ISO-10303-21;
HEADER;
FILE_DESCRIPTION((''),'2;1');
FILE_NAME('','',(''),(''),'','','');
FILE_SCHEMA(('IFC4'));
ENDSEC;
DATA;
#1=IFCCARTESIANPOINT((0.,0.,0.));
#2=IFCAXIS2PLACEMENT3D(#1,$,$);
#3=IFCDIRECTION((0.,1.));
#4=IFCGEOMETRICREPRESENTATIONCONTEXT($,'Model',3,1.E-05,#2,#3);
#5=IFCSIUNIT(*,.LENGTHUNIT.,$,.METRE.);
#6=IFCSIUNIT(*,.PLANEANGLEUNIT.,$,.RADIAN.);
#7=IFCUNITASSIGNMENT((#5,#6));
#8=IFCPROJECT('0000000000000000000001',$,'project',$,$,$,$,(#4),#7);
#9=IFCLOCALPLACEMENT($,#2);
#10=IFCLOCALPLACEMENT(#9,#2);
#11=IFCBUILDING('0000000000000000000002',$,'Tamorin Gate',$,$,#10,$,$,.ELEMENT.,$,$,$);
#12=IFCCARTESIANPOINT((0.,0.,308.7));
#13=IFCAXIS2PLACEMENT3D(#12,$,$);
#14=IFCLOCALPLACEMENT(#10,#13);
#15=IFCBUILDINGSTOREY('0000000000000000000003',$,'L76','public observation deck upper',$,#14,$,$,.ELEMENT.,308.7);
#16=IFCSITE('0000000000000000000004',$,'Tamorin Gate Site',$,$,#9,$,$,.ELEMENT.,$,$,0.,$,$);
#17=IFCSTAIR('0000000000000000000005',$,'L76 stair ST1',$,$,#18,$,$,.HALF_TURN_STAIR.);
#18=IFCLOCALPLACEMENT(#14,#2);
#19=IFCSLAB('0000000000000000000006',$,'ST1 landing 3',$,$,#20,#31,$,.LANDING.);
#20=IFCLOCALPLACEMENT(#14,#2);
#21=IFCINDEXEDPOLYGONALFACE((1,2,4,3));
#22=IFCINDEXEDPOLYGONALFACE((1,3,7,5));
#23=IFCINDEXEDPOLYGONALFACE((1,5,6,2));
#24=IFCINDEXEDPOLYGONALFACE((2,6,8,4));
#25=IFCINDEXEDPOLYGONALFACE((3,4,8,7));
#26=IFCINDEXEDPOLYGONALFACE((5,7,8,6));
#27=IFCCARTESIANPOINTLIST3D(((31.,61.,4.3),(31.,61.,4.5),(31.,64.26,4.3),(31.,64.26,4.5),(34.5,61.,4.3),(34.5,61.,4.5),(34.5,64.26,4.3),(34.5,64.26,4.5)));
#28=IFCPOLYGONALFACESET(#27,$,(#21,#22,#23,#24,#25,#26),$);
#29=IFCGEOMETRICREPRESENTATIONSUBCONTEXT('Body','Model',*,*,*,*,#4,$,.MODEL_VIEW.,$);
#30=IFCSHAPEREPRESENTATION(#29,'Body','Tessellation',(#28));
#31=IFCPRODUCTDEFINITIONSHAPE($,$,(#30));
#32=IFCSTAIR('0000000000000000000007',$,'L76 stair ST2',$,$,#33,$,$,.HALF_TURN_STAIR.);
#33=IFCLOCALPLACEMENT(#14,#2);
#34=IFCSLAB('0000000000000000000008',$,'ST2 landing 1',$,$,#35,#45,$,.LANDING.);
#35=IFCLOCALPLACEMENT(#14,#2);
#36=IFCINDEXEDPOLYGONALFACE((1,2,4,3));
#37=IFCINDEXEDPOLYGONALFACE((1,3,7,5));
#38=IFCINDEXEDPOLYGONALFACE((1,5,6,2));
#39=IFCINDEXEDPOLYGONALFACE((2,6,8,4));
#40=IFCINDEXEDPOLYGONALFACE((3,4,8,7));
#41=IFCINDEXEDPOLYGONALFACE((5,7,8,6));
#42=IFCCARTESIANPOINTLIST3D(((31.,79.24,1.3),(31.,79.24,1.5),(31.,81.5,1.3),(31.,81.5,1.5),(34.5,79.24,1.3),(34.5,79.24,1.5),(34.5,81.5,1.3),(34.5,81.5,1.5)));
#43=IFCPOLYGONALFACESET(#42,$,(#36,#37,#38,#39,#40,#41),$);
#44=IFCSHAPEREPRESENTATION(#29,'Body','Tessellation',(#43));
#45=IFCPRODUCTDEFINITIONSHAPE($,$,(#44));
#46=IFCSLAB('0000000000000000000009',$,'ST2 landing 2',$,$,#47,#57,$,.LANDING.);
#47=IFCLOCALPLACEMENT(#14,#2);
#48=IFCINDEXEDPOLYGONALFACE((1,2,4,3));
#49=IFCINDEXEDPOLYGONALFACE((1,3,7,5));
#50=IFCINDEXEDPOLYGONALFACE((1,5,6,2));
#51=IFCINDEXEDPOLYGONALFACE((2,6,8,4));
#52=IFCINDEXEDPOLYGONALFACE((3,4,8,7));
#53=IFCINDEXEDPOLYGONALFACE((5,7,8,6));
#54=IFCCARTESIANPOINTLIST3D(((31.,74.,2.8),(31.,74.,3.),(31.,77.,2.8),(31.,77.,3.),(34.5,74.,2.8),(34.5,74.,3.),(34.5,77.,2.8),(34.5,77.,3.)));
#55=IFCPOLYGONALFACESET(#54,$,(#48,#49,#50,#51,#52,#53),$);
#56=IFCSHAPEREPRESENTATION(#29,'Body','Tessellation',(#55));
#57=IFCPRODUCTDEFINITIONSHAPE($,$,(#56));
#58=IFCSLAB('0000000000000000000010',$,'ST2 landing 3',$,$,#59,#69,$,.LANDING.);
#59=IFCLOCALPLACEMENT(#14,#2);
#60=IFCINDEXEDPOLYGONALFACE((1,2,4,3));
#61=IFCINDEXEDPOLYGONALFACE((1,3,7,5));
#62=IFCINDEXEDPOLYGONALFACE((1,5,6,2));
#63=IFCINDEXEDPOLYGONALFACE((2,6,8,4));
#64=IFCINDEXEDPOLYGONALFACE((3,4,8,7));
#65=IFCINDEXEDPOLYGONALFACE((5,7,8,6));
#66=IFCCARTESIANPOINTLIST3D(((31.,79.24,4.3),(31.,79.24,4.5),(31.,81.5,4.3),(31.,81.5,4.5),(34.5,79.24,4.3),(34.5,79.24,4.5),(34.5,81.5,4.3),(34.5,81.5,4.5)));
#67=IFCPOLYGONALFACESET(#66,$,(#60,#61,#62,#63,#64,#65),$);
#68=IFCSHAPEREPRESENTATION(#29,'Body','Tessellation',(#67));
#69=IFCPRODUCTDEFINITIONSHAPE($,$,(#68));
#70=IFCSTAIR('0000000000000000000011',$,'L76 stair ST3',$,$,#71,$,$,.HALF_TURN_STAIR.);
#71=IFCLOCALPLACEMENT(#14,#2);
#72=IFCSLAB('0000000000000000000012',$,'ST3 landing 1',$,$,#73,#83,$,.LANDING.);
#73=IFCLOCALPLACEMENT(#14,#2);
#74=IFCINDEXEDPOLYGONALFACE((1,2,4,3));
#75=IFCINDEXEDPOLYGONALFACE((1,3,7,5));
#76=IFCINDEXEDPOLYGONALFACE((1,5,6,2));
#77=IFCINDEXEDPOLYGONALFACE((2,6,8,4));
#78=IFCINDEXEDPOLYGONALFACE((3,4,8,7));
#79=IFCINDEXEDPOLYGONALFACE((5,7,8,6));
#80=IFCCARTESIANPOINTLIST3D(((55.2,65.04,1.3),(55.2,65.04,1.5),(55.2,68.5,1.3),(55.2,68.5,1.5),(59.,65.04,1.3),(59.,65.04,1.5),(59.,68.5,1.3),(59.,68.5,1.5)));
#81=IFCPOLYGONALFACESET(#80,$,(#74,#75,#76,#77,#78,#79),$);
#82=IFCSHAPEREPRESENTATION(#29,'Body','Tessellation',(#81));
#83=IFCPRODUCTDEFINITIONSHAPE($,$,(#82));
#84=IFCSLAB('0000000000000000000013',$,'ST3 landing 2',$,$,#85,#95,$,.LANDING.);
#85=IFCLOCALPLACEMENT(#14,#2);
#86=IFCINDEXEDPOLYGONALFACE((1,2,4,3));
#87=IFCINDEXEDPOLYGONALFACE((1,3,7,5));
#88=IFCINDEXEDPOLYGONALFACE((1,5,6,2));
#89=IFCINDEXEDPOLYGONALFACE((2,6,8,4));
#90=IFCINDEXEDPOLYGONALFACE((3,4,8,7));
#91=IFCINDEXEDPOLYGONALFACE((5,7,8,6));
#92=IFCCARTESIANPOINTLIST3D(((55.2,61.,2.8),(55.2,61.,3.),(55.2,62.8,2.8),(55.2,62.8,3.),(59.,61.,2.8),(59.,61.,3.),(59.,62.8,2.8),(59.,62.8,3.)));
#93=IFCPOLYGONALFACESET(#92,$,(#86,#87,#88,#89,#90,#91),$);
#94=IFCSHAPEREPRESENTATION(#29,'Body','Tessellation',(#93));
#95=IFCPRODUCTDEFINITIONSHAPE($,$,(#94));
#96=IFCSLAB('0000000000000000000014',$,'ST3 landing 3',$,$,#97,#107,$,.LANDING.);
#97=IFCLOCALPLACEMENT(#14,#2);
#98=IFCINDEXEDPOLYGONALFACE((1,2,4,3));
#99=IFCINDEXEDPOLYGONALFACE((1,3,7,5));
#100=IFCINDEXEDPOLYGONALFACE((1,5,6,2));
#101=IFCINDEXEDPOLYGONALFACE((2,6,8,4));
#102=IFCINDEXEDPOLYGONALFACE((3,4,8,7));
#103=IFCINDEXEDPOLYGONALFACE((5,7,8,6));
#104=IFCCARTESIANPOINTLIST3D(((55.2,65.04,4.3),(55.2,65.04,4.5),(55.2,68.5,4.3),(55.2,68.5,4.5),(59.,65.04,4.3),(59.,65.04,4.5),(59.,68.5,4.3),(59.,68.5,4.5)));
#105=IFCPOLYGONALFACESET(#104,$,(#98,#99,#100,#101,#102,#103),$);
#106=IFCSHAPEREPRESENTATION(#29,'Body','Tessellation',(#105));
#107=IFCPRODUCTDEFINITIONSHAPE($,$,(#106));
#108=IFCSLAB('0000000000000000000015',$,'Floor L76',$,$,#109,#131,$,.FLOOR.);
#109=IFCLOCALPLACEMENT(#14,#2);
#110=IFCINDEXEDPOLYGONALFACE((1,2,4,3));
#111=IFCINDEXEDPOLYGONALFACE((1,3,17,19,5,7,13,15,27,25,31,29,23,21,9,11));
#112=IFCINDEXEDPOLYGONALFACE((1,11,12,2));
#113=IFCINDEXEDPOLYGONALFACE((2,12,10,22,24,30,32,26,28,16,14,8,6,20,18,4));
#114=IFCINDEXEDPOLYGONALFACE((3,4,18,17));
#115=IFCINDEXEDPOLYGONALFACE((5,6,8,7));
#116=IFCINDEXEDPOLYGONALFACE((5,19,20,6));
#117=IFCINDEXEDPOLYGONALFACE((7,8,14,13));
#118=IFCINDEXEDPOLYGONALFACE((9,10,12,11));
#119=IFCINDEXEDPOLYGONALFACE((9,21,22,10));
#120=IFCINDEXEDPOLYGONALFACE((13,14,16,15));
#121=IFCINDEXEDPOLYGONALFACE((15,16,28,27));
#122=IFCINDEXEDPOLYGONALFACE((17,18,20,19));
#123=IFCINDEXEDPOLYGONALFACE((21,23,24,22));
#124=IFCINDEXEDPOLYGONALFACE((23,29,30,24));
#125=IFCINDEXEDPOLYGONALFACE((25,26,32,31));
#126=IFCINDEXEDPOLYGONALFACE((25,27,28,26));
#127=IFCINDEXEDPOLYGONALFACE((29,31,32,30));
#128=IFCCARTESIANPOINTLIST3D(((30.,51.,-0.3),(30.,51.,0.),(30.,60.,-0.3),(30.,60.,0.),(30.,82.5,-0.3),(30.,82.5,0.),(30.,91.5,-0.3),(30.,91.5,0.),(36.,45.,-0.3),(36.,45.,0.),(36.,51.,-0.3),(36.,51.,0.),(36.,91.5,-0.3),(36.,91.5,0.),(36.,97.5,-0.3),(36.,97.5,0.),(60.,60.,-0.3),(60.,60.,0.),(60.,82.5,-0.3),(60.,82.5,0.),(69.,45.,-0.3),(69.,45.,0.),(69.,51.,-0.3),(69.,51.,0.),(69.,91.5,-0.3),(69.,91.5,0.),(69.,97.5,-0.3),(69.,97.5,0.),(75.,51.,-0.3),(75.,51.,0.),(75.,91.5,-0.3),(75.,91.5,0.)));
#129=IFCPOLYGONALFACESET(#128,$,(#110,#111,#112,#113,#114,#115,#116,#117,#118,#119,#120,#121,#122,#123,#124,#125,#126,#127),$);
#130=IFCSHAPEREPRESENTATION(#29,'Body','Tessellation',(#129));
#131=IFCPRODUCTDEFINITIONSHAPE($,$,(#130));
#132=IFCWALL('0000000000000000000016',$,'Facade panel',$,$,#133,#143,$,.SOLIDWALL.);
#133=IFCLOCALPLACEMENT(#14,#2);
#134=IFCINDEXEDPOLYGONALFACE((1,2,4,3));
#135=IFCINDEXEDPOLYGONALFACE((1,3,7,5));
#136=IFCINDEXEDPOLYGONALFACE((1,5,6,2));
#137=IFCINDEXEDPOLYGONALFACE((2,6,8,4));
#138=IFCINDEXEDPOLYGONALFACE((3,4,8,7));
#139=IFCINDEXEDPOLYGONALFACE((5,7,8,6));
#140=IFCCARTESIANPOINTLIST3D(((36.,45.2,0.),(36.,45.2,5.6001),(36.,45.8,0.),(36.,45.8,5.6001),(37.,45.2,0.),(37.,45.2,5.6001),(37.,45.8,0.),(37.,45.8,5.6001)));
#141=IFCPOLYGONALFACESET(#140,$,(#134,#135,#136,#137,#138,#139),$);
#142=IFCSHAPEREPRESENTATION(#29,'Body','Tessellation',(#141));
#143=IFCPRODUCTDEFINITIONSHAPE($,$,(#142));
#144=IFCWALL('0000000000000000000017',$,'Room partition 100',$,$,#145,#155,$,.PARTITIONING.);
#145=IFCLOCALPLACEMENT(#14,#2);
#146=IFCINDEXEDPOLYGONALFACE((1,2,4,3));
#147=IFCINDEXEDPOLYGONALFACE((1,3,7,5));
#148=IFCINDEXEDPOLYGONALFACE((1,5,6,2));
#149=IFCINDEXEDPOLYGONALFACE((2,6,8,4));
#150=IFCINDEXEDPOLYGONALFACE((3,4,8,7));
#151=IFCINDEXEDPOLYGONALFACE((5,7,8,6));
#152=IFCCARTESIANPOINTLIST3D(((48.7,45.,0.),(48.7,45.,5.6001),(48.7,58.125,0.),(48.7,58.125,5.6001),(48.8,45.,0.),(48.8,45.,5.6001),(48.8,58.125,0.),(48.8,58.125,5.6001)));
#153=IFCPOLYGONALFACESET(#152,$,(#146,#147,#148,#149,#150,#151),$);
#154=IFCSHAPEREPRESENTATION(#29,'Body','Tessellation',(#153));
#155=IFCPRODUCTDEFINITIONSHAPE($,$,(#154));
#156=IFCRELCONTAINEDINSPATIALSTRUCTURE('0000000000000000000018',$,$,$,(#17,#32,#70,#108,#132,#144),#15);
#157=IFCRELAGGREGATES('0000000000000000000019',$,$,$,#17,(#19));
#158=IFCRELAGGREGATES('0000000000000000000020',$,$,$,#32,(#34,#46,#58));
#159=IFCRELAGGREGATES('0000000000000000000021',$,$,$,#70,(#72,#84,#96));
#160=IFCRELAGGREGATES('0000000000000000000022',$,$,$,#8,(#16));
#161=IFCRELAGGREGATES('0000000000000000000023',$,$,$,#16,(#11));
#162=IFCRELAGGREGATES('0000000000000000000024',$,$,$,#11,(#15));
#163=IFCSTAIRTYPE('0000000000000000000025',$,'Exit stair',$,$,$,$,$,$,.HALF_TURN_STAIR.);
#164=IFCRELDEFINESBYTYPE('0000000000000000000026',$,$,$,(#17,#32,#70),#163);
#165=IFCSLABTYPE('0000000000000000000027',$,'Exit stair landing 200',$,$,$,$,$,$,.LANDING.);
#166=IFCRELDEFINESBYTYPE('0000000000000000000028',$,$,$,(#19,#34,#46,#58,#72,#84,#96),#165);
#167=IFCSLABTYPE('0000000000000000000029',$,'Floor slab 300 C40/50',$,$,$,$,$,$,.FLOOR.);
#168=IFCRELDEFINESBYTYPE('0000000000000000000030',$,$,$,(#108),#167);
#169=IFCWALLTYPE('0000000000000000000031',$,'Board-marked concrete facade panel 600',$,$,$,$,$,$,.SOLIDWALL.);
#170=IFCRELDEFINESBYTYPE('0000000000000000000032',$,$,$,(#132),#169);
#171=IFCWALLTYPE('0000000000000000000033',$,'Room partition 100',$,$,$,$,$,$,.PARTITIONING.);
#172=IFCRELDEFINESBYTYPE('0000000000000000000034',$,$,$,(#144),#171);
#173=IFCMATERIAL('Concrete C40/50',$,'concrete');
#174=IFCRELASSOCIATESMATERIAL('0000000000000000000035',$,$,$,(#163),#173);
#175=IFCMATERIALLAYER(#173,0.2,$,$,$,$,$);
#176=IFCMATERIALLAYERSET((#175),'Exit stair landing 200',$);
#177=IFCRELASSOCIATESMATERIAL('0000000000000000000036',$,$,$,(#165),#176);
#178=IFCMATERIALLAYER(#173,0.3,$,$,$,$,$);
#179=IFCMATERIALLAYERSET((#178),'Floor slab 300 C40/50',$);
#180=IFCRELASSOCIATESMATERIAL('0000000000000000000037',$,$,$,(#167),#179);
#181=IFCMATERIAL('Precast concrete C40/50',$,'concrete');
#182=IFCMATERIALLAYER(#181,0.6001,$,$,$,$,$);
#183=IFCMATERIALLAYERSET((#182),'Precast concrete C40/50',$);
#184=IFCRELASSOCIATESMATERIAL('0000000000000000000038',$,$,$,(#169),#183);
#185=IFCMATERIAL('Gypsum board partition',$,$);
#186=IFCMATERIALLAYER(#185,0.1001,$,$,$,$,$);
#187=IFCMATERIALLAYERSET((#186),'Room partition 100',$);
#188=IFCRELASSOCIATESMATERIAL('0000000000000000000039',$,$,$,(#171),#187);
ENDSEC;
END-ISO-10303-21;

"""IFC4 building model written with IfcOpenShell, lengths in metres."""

from ifc_helpers import new_model, si_unit, direction, frame, frame_2d, origin, place, context, subcontext, project, spatial, polyline, rectangle, outline, extrude, material, layer, layer_set, type_object, element, aggregate, save


model = new_model("IFC4")

# Units and contexts
model_context = context("Model", 3, precision=1e-05, world=origin(), true_north=direction((0.0, 1.0)))
body_context = subcontext(model_context, "Body", "Model", "MODEL_VIEW")
ifc_project = project(units=[si_unit("LENGTHUNIT", "METRE"), si_unit("PLANEANGLEUNIT", "RADIAN")], contexts=[model_context])

# Site, building, storey
site_placement = place(None, origin())
site = spatial("IfcSite", under=ifc_project, at=site_placement, Name="Tamorin Gate Site", CompositionType="ELEMENT", RefElevation=0.0)
building_placement = place(site_placement, origin())
building = spatial("IfcBuilding", under=site, at=building_placement, Name="Tamorin Gate", CompositionType="ELEMENT")
storey_placement = place(building_placement, frame((0.0, 0.0, 308.7)))
storey = spatial("IfcBuildingStorey", under=building, at=storey_placement, Name="L76", Description="public observation deck upper", CompositionType="ELEMENT", Elevation=308.7)

# Shared definitions
ifc_material_1 = material(Name="Concrete C40/50", Category="concrete")

# Stairs, slabs
stair_type = type_object("IfcStairType", Name="Exit stair", PredefinedType="HALF_TURN_STAIR", material=ifc_material_1)
stair_1_placement = place(storey_placement, origin())
stair_1 = element("IfcStair", 1, at=stair_1_placement, inside=storey, type_object=stair_type, Name="L76 stair ST1", PredefinedType="HALF_TURN_STAIR")
ifc_layer_1 = layer(ifc_material_1, 0.2)
ifc_layer_set_1 = layer_set([ifc_layer_1], Name="Exit stair landing 200")
slab_type_1 = type_object("IfcSlabType", Name="Exit stair landing 200", PredefinedType="LANDING", material=ifc_layer_set_1)
slab_1_placement = place(storey_placement, frame((0.0, 0.0, 4.3)))
slab_1 = element("IfcSlab", 2, at=slab_1_placement, type_object=slab_type_1, Name="ST1 landing 3", PredefinedType="LANDING", context=body_context, shape_type="SweptSolid", body=[
    extrude(outline(polyline([(31.0, 64.26), (31.0, 61.0), (34.5, 61.0), (34.5, 64.26), (31.0, 64.26)])), origin(), (0.0, 0.0, 1.0), 0.2),
])
aggregate(stair_1, [slab_1])
stair_2_placement = place(storey_placement, origin())
stair_2 = element("IfcStair", 3, at=stair_2_placement, inside=storey, type_object=stair_type, Name="L76 stair ST2", PredefinedType="HALF_TURN_STAIR")
slab_2_placement = place(storey_placement, frame((0.0, 0.0, 1.3)))
slab_2 = element("IfcSlab", 4, at=slab_2_placement, type_object=slab_type_1, Name="ST2 landing 1", PredefinedType="LANDING", context=body_context, shape_type="SweptSolid", body=[
    extrude(outline(polyline([(34.5, 79.24), (34.5, 81.5), (31.0, 81.5), (31.0, 79.24), (34.5, 79.24)])), origin(), (0.0, 0.0, 1.0), 0.2),
])
slab_3_placement = place(storey_placement, frame((0.0, 0.0, 2.8)))
slab_3 = element("IfcSlab", 5, at=slab_3_placement, type_object=slab_type_1, Name="ST2 landing 2", PredefinedType="LANDING", context=body_context, shape_type="SweptSolid", body=[
    extrude(outline(polyline([(34.5, 74.0), (34.5, 77.0), (31.0, 77.0), (31.0, 74.0), (34.5, 74.0)])), origin(), (0.0, 0.0, 1.0), 0.2),
])
slab_4_placement = place(storey_placement, frame((0.0, 0.0, 4.3)))
slab_4 = element("IfcSlab", 6, at=slab_4_placement, type_object=slab_type_1, Name="ST2 landing 3", PredefinedType="LANDING", context=body_context, shape_type="SweptSolid", body=[
    extrude(outline(polyline([(34.5, 79.24), (34.5, 81.5), (31.0, 81.5), (31.0, 79.24), (34.5, 79.24)])), origin(), (0.0, 0.0, 1.0), 0.2),
])
aggregate(stair_2, [slab_2, slab_3, slab_4])
stair_3_placement = place(storey_placement, origin())
stair_3 = element("IfcStair", 7, at=stair_3_placement, inside=storey, type_object=stair_type, Name="L76 stair ST3", PredefinedType="HALF_TURN_STAIR")
slab_5_placement = place(storey_placement, frame((0.0, 0.0, 1.3)))
slab_5 = element("IfcSlab", 8, at=slab_5_placement, type_object=slab_type_1, Name="ST3 landing 1", PredefinedType="LANDING", context=body_context, shape_type="SweptSolid", body=[
    extrude(outline(polyline([(59.0, 65.04), (59.0, 68.5), (55.2, 68.5), (55.2, 65.04), (59.0, 65.04)])), origin(), (0.0, 0.0, 1.0), 0.2),
])
slab_6_placement = place(storey_placement, frame((0.0, 0.0, 2.8)))
slab_6 = element("IfcSlab", 9, at=slab_6_placement, type_object=slab_type_1, Name="ST3 landing 2", PredefinedType="LANDING", context=body_context, shape_type="SweptSolid", body=[
    extrude(outline(polyline([(59.0, 61.0), (59.0, 62.8), (55.2, 62.8), (55.2, 61.0), (59.0, 61.0)])), origin(), (0.0, 0.0, 1.0), 0.2),
])
slab_7_placement = place(storey_placement, frame((0.0, 0.0, 4.3)))
slab_7 = element("IfcSlab", 10, at=slab_7_placement, type_object=slab_type_1, Name="ST3 landing 3", PredefinedType="LANDING", context=body_context, shape_type="SweptSolid", body=[
    extrude(outline(polyline([(59.0, 65.04), (59.0, 68.5), (55.2, 68.5), (55.2, 65.04), (59.0, 65.04)])), origin(), (0.0, 0.0, 1.0), 0.2),
])
aggregate(stair_3, [slab_5, slab_6, slab_7])

# Slab
ifc_layer_2 = layer(ifc_material_1, 0.3)
ifc_layer_set_2 = layer_set([ifc_layer_2], Name="Floor slab 300 C40/50")
slab_type_2 = type_object("IfcSlabType", Name="Floor slab 300 C40/50", PredefinedType="FLOOR", material=ifc_layer_set_2)
slab_8_placement = place(storey_placement, frame((0.0, 0.0, -0.3)))
element("IfcSlab", 11, at=slab_8_placement, inside=storey, type_object=slab_type_2, Name="Floor L76", PredefinedType="FLOOR", context=body_context, shape_type="SweptSolid", body=[
    extrude(outline(polyline([(30.0, 91.5), (36.0, 91.5), (36.0, 97.5), (69.0, 97.5), (69.0, 91.5), (75.0, 91.5), (75.0, 51.0), (69.0, 51.0), (69.0, 45.0), (36.0, 45.0), (36.0, 51.0), (30.0, 51.0), (30.0, 60.0), (60.0, 60.0), (60.0, 82.5), (30.0, 82.5), (30.0, 91.5)])), origin(), (0.0, 0.0, 1.0), 0.3),
])

# Walls
ifc_material_2 = material(Name="Precast concrete C40/50", Category="concrete")
ifc_layer_3 = layer(ifc_material_2, 0.6001)
ifc_layer_set_3 = layer_set([ifc_layer_3], Name="Precast concrete C40/50")
wall_type_1 = type_object("IfcWallType", Name="Board-marked concrete facade panel 600", PredefinedType="SOLIDWALL", material=ifc_layer_set_3)
wall_1_placement = place(storey_placement, frame((36.0, 45.5, 0.0), z_axis=(0.0, 0.0, 1.0), x_axis=(1.0, 0.0, 0.0)))
element("IfcWall", 12, at=wall_1_placement, inside=storey, type_object=wall_type_1, Name="Facade panel", PredefinedType="SOLIDWALL", context=body_context, shape_type="SweptSolid", body=[
    extrude(rectangle(XDim=1.0, YDim=0.6001, at=frame_2d((0.5, 0.0))), origin(), (0.0, 0.0, 1.0), 5.6001),
])
ifc_material_3 = material(Name="Gypsum board partition")
ifc_layer_4 = layer(ifc_material_3, 0.1001)
ifc_layer_set_4 = layer_set([ifc_layer_4], Name="Room partition 100")
wall_type_2 = type_object("IfcWallType", Name="Room partition 100", PredefinedType="PARTITIONING", material=ifc_layer_set_4)
wall_2_placement = place(storey_placement, frame((48.75, 45.0, 0.0), z_axis=(0.0, 0.0, 1.0), x_axis=(0.0, 1.0, 0.0)))
element("IfcWall", 13, at=wall_2_placement, inside=storey, type_object=wall_type_2, Name="Room partition 100", PredefinedType="PARTITIONING", context=body_context, shape_type="SweptSolid", body=[
    extrude(rectangle(XDim=13.125, YDim=0.1001, at=frame_2d((6.5625, 0.0))), origin(), (0.0, 0.0, 1.0), 5.6001),
])

save(model, "model.ifc")
